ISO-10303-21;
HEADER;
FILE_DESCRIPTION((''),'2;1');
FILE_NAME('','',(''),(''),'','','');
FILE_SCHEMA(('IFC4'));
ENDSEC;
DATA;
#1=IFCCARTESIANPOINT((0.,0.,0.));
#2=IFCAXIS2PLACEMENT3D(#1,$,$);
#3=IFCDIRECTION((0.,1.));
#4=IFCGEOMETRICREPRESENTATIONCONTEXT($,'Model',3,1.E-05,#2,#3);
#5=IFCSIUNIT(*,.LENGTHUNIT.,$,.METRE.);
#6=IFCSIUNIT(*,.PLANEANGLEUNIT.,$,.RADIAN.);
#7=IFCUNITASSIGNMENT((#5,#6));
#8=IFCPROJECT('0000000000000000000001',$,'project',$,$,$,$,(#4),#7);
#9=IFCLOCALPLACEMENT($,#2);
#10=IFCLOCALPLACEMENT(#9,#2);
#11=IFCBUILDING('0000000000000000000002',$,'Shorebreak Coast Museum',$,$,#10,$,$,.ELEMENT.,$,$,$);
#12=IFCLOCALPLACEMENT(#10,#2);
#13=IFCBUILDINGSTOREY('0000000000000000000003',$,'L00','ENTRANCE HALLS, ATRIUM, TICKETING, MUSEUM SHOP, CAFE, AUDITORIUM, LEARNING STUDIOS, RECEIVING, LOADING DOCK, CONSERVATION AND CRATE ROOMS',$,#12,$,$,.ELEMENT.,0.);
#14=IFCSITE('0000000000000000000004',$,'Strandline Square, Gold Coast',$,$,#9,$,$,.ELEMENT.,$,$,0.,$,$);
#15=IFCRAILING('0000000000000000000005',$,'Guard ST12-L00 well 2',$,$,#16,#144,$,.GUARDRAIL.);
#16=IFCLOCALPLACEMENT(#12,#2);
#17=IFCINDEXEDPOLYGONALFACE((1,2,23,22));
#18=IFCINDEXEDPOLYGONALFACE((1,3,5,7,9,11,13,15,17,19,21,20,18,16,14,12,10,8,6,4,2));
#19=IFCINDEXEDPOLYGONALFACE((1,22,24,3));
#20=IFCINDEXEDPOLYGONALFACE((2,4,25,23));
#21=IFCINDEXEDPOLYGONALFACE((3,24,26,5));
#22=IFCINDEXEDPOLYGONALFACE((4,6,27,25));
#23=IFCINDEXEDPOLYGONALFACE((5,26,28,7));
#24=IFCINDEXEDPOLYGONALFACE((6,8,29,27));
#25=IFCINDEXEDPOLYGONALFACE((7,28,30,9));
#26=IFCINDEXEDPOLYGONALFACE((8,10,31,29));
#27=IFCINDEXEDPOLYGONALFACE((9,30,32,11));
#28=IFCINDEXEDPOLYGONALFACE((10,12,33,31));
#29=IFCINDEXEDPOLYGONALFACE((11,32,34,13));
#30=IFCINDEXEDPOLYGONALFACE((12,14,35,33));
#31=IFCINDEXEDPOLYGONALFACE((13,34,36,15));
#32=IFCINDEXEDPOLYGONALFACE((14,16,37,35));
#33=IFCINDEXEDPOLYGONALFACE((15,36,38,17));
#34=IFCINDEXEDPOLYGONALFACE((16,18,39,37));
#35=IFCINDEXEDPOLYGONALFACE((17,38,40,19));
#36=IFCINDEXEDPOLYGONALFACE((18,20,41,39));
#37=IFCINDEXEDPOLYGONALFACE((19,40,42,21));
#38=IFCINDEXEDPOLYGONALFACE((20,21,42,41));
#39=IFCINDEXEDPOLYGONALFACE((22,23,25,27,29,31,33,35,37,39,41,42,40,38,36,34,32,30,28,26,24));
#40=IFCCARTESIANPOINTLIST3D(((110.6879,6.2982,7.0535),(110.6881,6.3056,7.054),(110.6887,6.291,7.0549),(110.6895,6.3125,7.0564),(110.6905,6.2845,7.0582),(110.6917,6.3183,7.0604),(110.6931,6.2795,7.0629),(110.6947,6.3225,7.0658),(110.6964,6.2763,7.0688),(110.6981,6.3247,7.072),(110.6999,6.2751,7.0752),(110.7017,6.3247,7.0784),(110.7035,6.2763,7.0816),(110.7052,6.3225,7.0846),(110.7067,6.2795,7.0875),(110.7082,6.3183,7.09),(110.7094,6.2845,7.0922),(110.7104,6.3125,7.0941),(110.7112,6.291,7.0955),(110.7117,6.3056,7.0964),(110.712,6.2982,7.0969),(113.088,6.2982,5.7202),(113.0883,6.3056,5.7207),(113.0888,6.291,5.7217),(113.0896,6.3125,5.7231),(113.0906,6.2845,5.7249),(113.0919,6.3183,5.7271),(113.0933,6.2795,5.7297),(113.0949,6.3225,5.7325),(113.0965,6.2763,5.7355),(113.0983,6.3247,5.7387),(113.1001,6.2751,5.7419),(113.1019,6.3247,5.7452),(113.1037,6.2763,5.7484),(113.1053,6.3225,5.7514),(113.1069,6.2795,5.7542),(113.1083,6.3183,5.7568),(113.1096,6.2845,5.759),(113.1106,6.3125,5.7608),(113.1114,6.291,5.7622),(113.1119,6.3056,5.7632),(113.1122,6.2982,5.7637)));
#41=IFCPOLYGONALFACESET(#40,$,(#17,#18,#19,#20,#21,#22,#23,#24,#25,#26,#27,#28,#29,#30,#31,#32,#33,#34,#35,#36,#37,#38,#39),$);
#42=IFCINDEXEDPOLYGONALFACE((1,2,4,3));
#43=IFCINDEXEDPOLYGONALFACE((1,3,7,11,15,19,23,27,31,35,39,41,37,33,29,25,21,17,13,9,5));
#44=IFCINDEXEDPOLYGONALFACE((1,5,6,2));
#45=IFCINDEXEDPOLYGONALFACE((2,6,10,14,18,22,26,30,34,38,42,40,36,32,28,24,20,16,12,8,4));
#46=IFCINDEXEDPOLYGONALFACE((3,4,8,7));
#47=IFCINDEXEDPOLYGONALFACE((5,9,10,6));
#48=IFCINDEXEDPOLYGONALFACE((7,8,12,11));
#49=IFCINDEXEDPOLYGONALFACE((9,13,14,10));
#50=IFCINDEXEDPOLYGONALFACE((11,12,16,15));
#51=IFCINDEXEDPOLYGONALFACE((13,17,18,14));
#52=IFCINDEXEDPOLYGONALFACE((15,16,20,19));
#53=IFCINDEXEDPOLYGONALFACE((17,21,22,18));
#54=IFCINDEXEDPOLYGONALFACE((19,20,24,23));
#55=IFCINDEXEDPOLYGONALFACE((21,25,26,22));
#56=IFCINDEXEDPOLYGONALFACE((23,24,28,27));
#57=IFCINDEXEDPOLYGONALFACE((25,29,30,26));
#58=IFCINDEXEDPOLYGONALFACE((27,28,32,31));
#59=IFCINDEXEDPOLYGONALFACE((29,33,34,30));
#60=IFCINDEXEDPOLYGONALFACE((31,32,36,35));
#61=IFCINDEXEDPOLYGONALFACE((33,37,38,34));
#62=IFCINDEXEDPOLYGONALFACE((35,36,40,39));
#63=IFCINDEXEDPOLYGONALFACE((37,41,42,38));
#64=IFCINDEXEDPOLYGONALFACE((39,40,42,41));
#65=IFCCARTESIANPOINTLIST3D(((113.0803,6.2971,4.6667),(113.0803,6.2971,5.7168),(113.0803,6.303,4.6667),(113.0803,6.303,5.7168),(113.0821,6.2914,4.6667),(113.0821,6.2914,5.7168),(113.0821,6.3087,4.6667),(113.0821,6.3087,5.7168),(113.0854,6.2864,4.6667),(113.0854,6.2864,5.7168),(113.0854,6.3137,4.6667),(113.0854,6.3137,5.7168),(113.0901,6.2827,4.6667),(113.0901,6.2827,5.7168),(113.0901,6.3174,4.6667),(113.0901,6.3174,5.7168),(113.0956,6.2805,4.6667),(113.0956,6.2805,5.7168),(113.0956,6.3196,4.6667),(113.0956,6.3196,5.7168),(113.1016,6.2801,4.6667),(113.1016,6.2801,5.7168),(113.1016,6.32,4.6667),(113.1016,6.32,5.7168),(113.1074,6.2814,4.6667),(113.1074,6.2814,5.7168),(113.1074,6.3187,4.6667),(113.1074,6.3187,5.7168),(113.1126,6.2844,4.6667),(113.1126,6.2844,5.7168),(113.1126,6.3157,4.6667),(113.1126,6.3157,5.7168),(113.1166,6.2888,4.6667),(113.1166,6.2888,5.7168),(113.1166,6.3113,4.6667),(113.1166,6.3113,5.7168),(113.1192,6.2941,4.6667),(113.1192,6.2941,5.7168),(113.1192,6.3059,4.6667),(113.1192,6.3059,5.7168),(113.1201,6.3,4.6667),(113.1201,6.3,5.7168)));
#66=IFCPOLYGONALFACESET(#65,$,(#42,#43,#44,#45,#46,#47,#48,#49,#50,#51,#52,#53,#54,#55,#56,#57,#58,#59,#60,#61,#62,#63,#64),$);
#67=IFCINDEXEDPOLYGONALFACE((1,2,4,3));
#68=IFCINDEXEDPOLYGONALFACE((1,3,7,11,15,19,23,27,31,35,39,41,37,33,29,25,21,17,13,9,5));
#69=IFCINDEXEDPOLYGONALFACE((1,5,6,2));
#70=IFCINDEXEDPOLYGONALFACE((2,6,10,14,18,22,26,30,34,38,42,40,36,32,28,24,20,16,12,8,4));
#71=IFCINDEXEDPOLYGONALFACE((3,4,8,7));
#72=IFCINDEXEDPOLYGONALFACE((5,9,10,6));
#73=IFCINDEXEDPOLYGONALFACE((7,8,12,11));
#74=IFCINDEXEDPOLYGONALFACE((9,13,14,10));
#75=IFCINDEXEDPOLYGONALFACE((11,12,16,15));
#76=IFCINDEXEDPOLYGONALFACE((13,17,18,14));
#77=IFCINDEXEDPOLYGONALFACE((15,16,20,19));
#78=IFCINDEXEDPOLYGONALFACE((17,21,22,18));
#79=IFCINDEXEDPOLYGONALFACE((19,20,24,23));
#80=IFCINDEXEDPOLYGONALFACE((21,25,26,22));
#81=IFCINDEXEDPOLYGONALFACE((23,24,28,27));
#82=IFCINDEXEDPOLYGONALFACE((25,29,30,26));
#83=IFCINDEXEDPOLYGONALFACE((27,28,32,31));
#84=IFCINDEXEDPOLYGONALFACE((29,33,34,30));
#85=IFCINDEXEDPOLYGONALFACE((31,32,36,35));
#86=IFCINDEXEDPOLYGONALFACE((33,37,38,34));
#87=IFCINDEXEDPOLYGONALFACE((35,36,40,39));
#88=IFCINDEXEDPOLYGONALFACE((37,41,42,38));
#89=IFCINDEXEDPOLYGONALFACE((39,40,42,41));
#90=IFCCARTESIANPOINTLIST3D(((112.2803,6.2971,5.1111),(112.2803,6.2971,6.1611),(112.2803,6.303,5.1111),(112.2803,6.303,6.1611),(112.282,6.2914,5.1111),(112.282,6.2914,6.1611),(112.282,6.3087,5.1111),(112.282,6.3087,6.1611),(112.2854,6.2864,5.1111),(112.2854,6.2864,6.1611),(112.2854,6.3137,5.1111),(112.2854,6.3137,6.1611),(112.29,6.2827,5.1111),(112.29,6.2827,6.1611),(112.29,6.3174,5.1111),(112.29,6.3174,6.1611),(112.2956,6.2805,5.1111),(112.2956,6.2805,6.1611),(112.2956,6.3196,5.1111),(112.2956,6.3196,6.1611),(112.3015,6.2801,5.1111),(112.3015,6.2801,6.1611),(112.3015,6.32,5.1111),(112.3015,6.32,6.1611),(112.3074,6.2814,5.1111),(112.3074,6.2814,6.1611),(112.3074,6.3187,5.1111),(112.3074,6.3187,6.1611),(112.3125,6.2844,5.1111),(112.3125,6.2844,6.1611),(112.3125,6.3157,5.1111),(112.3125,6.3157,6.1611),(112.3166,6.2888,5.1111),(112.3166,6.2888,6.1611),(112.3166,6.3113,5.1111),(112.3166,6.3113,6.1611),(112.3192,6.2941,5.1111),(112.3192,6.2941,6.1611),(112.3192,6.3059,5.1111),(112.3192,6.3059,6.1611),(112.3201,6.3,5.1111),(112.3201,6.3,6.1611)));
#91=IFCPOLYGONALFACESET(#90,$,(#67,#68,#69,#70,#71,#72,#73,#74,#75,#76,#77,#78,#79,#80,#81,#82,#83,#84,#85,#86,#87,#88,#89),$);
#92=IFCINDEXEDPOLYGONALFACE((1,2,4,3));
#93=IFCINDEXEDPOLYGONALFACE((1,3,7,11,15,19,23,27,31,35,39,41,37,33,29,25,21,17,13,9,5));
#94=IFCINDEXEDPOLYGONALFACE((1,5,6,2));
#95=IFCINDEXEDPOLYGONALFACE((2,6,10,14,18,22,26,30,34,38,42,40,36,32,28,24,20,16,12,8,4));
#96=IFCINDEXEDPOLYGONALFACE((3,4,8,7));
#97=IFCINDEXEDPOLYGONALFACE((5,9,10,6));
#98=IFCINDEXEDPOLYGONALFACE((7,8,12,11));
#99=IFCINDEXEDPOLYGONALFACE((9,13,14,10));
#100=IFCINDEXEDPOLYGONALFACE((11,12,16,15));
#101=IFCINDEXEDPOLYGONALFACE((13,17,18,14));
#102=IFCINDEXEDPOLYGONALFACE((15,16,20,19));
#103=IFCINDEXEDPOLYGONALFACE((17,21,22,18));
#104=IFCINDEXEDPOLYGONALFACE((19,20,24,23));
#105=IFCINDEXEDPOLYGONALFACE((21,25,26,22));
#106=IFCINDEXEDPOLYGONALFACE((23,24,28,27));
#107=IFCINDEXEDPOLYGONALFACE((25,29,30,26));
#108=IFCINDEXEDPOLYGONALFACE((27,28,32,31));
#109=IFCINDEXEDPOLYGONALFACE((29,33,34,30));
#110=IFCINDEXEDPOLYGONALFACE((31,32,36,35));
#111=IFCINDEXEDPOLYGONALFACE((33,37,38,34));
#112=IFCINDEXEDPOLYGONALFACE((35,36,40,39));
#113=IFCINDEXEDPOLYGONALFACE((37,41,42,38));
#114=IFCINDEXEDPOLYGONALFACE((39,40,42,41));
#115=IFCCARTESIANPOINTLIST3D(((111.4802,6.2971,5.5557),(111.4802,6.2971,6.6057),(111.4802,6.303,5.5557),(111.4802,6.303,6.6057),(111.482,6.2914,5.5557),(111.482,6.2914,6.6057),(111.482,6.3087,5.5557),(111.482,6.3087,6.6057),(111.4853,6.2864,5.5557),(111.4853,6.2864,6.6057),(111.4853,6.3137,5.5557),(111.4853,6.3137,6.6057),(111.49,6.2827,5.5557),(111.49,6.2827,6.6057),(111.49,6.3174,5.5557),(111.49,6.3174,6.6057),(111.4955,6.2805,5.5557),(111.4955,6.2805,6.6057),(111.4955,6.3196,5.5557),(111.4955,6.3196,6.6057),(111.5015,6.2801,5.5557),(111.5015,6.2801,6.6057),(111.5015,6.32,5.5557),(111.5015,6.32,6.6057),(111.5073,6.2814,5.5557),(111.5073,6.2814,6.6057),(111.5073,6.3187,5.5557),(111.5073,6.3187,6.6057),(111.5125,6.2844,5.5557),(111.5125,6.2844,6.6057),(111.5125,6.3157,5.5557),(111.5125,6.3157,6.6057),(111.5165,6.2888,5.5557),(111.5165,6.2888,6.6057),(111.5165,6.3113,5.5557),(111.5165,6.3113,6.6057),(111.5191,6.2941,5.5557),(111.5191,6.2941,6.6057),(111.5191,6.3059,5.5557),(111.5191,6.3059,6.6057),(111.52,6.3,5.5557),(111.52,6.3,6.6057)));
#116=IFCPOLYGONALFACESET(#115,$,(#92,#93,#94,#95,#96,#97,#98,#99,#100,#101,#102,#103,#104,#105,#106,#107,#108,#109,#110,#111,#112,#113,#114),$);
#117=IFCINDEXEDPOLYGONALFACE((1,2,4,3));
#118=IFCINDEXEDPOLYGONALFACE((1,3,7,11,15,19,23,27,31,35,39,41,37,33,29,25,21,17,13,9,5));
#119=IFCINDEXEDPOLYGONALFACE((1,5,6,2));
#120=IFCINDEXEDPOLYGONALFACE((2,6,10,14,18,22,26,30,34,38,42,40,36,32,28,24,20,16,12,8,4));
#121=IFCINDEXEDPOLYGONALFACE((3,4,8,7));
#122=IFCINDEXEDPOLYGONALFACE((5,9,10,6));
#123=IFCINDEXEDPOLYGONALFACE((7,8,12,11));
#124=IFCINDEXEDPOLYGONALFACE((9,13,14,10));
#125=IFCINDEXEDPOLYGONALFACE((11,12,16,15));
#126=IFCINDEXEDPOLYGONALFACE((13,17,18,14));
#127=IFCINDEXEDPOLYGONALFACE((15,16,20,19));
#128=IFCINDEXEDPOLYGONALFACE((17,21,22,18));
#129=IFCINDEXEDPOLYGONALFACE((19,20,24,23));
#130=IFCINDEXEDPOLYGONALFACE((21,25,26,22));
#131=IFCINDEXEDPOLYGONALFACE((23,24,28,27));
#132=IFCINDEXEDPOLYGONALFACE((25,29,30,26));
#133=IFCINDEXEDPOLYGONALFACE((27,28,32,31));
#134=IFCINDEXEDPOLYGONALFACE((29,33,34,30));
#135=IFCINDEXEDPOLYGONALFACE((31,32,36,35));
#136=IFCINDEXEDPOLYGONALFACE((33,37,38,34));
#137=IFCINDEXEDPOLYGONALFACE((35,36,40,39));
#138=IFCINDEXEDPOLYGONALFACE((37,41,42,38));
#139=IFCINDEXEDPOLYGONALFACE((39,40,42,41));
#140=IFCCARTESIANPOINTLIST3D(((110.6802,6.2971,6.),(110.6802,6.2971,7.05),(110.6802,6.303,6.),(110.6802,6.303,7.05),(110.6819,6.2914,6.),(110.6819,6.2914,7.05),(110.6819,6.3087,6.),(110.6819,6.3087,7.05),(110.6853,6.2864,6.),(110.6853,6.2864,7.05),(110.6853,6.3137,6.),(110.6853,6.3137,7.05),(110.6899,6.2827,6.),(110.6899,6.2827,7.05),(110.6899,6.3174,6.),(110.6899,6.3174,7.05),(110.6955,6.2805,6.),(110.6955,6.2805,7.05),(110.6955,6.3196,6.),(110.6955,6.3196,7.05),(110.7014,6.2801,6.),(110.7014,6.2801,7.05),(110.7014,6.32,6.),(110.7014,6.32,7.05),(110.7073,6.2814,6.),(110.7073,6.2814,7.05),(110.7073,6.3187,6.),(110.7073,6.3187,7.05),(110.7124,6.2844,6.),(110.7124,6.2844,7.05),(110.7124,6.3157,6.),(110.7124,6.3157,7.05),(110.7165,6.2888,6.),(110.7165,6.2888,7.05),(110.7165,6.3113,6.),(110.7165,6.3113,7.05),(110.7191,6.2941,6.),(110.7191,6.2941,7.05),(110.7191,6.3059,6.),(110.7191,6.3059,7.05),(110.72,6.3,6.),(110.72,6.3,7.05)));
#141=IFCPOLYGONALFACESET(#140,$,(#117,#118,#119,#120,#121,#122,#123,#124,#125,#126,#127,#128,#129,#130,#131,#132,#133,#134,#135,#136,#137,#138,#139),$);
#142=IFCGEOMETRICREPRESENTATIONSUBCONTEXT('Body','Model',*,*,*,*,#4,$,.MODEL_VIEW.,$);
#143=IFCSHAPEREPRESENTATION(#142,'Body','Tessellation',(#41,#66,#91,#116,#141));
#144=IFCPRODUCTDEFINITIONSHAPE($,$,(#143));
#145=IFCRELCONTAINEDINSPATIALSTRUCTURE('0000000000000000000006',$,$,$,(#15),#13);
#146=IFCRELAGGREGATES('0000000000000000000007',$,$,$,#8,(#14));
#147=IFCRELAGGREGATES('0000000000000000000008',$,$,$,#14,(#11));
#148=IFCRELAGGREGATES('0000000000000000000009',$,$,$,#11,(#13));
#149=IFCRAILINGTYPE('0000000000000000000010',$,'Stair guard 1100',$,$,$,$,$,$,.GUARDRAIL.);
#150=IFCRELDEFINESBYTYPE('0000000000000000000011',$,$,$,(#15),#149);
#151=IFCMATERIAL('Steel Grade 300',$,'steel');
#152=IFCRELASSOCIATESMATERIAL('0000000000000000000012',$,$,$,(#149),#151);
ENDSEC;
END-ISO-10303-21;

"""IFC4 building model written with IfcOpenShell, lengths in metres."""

from ifc_helpers import new_model, si_unit, direction, frame, origin, origin_2d, place, context, subcontext, project, spatial, circle, extrude, material, type_object, element, save


model = new_model("IFC4")

# Units and contexts
model_context = context("Model", 3, precision=1e-05, world=origin(), true_north=direction((0.0, 1.0)))
body_context = subcontext(model_context, "Body", "Model", "MODEL_VIEW")
ifc_project = project(units=[si_unit("LENGTHUNIT", "METRE"), si_unit("PLANEANGLEUNIT", "RADIAN")], contexts=[model_context])

# Site, building, storey
site_placement = place(None, origin())
site = spatial("IfcSite", under=ifc_project, at=site_placement, Name="Strandline Square, Gold Coast", CompositionType="ELEMENT", RefElevation=0.0)
building_placement = place(site_placement, origin())
building = spatial("IfcBuilding", under=site, at=building_placement, Name="Shorebreak Coast Museum", CompositionType="ELEMENT")
storey_placement = place(building_placement, origin())
storey = spatial("IfcBuildingStorey", under=building, at=storey_placement, Name="L00", Description="ENTRANCE HALLS, ATRIUM, TICKETING, MUSEUM SHOP, CAFE, AUDITORIUM, LEARNING STUDIOS, RECEIVING, LOADING DOCK, CONSERVATION AND CRATE ROOMS", CompositionType="ELEMENT", Elevation=0.0)

# Railing
ifc_material_1 = material(Name="Steel Grade 300", Category="steel")
railing_type_1 = type_object("IfcRailingType", Name="Stair guard 1100", PredefinedType="GUARDRAIL", material=ifc_material_1)
railing_1_placement = place(storey_placement, frame((113.1001, 6.3, 4.6667)))
element("IfcRailing", 1, at=railing_1_placement, inside=storey, type_object=railing_type_1, Name="Guard ST12-L00 well 2", PredefinedType="GUARDRAIL", context=body_context, shape_type="SweptSolid", body=[
    extrude(circle(Radius=0.0249, at=origin_2d()), frame((0.0, 0.0, 1.0752), z_axis=(-0.874182, 0.0, 0.485598), x_axis=(0.0, -1.0, 0.0)), (0.0, 0.0, 1.0), 2.7456),
    extrude(circle(Radius=0.02, at=origin_2d()), origin(), (0.0, 0.0, 1.0), 1.05),
    extrude(circle(Radius=0.02, at=origin_2d()), frame((-0.8, 0.0, 0.4443)), (0.0, 0.0, 1.0), 1.05),
    extrude(circle(Radius=0.02, at=origin_2d()), frame((-1.6001, 0.0, 0.8889)), (0.0, 0.0, 1.0), 1.05),
    extrude(circle(Radius=0.02, at=origin_2d()), frame((-2.4001, 0.0, 1.3333)), (0.0, 0.0, 1.0), 1.05),
])

save(model, "model.ifc")
